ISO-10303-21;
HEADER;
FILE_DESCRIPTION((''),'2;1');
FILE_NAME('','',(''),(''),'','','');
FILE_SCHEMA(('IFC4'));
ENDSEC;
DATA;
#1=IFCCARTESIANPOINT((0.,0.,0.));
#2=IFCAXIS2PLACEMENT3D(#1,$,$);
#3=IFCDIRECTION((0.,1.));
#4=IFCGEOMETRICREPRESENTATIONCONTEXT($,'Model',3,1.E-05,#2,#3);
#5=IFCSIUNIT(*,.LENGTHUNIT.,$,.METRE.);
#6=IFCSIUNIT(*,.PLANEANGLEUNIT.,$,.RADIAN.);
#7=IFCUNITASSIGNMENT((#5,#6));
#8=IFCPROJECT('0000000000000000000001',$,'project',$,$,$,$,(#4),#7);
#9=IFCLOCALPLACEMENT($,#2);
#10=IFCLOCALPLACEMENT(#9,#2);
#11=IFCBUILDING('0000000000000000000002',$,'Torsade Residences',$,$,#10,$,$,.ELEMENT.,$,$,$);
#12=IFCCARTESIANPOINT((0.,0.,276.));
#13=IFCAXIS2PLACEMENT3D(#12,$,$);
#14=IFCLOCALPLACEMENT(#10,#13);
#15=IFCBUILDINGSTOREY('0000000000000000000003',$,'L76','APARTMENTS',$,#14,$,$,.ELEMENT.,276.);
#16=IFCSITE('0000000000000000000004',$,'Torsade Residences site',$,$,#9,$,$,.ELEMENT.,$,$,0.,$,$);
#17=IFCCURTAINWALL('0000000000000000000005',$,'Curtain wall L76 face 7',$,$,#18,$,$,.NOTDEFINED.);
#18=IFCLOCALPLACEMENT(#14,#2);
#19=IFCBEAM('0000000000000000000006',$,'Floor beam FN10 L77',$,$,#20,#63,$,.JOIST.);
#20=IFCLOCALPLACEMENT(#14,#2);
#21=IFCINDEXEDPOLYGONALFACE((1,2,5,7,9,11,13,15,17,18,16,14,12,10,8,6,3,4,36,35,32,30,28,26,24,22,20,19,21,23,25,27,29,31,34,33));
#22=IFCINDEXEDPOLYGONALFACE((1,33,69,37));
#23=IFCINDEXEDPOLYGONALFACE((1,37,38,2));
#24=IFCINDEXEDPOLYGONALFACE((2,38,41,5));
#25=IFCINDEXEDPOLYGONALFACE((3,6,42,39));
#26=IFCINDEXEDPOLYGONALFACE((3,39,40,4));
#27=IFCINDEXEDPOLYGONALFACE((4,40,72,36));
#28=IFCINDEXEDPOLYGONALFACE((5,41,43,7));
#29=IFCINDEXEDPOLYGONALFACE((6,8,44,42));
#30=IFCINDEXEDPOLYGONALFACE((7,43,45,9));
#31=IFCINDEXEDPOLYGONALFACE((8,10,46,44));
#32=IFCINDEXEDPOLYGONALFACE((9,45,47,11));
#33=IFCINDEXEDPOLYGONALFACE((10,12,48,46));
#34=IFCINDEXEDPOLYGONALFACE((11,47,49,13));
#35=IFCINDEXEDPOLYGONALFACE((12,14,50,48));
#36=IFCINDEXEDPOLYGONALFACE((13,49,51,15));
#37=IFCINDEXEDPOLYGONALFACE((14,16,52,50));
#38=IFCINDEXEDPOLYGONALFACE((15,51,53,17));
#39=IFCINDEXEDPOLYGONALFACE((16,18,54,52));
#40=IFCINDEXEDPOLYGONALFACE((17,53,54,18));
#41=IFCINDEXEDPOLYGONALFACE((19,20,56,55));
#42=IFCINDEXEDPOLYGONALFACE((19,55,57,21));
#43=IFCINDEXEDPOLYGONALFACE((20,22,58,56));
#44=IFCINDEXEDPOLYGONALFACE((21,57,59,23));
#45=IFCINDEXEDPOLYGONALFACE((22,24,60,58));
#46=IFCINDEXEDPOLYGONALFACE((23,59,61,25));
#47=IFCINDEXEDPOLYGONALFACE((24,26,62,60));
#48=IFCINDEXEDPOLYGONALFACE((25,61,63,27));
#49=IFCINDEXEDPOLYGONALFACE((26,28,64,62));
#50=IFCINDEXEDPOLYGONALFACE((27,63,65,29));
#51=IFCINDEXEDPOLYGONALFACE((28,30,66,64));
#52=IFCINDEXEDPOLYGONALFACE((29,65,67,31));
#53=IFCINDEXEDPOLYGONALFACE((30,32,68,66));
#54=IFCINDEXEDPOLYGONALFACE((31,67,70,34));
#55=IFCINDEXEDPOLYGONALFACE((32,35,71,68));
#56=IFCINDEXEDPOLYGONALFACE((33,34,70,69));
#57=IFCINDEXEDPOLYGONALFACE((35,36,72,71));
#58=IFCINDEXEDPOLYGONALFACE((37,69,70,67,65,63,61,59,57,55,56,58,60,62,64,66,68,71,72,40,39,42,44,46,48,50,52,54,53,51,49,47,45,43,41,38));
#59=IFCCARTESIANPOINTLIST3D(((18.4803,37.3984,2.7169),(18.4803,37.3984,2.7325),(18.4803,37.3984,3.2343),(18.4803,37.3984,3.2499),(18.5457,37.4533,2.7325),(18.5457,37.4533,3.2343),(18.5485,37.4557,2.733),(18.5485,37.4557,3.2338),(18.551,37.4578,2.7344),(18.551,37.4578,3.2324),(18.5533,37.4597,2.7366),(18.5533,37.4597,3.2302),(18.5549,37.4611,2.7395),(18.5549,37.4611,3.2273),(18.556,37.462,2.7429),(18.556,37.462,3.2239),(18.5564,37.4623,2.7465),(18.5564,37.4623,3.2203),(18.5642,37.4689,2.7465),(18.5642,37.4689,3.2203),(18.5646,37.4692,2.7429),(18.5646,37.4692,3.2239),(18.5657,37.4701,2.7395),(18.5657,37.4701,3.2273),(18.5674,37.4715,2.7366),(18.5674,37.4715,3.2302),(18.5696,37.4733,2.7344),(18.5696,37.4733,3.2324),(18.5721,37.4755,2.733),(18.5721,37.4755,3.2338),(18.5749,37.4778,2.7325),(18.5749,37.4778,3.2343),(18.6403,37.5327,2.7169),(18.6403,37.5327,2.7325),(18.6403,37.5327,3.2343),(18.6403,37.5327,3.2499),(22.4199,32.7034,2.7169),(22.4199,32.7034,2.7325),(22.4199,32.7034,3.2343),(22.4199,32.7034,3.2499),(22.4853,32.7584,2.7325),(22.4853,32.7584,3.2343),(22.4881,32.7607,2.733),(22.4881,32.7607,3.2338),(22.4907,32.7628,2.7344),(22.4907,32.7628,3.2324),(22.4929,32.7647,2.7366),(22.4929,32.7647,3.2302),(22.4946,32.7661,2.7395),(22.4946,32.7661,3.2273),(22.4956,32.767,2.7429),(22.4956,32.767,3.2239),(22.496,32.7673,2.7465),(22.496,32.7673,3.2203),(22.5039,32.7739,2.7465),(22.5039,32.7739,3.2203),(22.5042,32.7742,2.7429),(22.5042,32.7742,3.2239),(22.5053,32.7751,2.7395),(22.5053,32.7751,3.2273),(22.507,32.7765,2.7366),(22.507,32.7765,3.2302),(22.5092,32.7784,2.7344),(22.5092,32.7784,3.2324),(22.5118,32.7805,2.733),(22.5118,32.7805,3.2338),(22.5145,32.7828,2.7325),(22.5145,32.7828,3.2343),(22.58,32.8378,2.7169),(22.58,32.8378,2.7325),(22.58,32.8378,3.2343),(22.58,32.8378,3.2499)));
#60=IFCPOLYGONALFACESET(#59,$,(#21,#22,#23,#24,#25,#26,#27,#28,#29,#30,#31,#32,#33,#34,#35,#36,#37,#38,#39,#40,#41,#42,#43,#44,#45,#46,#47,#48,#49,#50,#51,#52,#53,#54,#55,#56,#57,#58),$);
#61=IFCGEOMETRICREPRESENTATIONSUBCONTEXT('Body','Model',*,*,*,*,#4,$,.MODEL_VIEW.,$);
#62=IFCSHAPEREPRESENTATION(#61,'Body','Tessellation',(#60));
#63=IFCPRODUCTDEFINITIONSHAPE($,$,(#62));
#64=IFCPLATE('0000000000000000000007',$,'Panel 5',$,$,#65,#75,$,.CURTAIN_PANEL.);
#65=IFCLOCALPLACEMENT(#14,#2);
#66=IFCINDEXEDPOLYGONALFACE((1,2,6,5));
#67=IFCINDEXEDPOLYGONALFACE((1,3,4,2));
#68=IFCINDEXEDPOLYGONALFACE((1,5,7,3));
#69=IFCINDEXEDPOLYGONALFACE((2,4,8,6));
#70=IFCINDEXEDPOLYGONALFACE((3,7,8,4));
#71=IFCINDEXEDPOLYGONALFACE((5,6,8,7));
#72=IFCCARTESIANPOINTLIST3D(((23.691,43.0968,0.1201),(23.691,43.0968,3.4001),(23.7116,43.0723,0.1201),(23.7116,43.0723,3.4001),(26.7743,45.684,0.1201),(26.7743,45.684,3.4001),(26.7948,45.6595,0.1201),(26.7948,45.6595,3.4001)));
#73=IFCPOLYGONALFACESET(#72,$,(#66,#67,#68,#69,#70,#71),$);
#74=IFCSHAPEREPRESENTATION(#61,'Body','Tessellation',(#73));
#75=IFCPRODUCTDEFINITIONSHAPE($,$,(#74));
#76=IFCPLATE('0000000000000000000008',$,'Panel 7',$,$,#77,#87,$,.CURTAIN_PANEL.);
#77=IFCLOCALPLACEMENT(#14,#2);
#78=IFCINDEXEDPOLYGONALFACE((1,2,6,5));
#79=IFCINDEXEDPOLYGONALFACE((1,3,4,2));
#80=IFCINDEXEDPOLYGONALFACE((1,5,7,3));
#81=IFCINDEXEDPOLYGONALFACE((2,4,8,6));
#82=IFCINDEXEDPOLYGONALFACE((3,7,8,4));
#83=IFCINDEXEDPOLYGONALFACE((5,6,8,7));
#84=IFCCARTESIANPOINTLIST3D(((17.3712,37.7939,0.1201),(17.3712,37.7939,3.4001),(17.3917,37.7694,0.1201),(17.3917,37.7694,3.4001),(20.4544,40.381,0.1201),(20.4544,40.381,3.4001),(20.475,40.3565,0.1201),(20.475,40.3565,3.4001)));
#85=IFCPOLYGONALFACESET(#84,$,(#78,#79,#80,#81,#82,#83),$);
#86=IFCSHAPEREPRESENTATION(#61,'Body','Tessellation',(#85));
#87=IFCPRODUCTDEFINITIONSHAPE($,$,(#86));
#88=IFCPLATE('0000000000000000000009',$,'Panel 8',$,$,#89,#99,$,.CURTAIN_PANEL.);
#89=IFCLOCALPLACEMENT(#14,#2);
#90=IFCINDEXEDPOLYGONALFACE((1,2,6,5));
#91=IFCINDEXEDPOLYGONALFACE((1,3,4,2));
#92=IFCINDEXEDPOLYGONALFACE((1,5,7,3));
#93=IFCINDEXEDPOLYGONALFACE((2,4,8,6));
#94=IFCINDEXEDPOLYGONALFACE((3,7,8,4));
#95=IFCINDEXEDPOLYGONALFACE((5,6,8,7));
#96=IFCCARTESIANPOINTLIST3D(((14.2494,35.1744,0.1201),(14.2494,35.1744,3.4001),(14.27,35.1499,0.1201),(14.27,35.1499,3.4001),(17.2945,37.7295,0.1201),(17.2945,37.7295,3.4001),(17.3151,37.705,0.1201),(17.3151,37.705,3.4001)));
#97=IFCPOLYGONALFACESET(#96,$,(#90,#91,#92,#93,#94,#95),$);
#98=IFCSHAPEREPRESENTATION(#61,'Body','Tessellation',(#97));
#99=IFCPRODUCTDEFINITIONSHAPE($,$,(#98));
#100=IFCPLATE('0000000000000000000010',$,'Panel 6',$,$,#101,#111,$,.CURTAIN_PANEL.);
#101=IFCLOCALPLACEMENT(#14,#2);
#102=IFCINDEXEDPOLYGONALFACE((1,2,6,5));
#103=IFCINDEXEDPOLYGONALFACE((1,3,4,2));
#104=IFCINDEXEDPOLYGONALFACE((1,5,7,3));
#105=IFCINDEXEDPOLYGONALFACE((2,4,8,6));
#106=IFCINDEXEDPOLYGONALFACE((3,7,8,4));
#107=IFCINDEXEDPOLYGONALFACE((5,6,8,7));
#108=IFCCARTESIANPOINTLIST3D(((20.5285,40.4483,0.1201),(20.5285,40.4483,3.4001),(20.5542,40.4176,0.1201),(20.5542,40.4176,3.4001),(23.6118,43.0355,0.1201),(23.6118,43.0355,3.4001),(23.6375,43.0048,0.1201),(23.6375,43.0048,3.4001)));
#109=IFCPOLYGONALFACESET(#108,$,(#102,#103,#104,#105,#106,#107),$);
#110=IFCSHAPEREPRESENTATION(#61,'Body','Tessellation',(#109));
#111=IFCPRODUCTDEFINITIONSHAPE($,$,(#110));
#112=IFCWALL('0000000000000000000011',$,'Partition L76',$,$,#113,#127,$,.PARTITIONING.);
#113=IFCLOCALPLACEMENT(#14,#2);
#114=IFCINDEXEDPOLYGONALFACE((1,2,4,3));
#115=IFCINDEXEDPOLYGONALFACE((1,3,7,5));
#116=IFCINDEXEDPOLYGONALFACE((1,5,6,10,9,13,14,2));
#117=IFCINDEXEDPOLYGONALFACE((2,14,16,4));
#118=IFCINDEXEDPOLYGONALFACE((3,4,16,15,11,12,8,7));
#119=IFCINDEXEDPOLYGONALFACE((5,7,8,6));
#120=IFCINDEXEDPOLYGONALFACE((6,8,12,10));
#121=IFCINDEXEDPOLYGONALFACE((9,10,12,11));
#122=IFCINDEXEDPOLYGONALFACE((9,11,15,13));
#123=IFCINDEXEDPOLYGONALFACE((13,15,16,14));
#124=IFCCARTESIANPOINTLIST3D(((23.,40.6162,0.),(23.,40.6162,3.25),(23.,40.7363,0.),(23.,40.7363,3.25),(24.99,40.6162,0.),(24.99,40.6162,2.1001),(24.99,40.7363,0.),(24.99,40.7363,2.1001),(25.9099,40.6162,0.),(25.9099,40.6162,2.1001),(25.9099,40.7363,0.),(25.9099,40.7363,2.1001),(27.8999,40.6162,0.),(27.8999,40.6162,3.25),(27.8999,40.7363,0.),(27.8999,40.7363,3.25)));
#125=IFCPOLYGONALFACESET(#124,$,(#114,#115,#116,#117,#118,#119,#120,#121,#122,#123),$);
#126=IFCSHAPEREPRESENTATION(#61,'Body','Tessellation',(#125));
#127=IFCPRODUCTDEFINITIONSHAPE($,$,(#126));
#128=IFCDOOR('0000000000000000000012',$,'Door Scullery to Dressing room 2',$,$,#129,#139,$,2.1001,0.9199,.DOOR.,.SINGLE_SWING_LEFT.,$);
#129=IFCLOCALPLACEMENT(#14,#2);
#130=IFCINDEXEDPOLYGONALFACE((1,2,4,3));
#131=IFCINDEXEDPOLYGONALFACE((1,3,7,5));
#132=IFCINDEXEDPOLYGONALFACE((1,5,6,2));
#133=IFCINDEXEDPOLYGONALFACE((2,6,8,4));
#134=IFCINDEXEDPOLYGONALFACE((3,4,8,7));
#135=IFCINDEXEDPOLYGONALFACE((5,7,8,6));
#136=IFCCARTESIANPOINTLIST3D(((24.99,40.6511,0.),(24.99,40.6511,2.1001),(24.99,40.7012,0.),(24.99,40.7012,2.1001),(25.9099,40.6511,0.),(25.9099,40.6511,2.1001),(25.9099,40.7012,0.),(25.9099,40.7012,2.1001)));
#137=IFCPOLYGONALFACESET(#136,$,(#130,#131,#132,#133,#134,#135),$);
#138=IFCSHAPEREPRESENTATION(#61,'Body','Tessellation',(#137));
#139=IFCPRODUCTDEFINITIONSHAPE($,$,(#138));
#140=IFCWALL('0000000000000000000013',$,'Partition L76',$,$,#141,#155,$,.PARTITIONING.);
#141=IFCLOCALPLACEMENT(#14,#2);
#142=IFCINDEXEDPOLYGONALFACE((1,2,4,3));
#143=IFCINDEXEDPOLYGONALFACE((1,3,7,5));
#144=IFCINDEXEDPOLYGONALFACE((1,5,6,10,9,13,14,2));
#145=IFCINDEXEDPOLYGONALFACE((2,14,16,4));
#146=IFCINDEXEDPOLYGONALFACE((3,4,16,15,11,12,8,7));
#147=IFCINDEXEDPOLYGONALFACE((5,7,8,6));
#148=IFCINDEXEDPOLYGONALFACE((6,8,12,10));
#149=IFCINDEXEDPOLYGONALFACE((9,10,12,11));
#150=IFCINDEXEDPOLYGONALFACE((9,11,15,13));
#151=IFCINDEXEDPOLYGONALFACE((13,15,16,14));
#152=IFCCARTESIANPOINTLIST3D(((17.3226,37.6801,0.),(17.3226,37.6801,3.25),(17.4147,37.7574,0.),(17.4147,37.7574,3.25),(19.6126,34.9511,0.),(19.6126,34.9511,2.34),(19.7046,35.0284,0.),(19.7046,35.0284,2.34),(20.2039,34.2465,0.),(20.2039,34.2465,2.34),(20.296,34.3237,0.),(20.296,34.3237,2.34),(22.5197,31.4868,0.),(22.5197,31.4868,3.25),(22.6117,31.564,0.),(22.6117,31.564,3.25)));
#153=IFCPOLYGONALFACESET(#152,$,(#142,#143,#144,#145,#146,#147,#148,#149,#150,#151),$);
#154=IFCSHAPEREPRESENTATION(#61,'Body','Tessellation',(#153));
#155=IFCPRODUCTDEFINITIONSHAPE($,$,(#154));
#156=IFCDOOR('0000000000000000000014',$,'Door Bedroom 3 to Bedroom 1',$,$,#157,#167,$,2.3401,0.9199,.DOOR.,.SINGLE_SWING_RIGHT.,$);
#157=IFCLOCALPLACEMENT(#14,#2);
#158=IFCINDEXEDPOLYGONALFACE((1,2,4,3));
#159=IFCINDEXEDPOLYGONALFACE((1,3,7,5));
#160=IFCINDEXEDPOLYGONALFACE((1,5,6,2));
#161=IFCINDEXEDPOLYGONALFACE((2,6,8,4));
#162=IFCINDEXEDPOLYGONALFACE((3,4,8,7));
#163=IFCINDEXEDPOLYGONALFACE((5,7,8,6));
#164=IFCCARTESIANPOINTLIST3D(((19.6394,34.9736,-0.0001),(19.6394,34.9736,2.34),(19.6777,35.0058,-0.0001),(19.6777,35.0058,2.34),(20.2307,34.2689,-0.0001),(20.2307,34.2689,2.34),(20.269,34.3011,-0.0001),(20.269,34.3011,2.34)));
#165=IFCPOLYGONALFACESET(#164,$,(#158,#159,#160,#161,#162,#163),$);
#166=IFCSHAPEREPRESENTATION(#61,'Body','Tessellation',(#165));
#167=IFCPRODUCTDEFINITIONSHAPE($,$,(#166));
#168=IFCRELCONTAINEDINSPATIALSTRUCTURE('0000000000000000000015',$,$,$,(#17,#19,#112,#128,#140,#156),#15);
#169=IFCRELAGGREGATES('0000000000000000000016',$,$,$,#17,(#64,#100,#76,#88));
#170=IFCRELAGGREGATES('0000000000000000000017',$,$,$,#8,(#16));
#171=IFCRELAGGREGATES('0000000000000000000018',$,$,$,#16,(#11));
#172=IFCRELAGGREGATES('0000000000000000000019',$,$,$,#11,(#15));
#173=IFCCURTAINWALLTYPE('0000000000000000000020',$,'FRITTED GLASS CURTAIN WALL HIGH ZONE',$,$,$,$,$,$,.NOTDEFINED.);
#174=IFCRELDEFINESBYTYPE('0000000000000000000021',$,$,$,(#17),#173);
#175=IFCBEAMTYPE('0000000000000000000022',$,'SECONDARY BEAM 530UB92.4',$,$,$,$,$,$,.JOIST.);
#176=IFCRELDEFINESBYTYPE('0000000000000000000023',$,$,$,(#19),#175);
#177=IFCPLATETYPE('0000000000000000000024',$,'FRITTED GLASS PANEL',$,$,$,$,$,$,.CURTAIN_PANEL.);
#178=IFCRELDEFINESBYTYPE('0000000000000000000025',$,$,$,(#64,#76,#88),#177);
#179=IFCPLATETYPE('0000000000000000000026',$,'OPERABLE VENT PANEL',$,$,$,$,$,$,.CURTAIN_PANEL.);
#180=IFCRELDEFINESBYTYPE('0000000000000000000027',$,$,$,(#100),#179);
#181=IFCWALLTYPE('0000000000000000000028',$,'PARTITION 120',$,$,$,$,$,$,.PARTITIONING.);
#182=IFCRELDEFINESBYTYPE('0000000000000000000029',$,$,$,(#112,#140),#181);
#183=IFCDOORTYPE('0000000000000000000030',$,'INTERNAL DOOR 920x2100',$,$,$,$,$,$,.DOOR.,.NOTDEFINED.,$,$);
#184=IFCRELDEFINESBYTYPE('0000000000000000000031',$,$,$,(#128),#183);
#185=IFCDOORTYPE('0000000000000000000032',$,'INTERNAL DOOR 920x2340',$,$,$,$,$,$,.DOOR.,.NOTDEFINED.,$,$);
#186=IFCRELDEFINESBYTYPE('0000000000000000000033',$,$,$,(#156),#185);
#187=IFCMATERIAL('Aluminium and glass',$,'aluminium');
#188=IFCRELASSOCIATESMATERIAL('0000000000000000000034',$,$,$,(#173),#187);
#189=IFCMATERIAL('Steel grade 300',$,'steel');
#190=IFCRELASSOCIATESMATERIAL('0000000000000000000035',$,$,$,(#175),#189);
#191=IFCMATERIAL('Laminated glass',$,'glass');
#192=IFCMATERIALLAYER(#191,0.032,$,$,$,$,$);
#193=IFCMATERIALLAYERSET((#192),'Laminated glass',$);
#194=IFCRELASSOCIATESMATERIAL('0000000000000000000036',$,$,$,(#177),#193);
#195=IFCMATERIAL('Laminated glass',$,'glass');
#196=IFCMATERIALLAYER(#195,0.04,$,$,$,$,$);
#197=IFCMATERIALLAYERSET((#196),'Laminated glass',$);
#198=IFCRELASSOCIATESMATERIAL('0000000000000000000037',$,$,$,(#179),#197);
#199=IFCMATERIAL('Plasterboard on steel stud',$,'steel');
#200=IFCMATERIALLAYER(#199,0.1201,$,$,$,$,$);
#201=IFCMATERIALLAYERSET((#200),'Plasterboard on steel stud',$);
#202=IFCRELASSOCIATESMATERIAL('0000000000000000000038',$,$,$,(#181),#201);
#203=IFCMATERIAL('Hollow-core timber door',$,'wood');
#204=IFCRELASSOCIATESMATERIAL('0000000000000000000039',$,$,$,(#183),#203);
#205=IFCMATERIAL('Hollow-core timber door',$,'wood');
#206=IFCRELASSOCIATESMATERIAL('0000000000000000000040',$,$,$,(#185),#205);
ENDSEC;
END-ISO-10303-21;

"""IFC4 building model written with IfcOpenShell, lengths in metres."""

from ifc_helpers import new_model, si_unit, direction, frame, frame_2d, origin, origin_2d, place, context, subcontext, project, spatial, rectangle, i_section, extrude, material, layer, layer_set, material_profile, profile_set, type_object, element, fill, aggregate, save


model = new_model("IFC4")

# Units and contexts
model_context = context("Model", 3, precision=1e-05, world=origin(), true_north=direction((0.0, 1.0)))
body_context = subcontext(model_context, "Body", "Model", "MODEL_VIEW")
ifc_project = project(units=[si_unit("LENGTHUNIT", "METRE"), si_unit("PLANEANGLEUNIT", "RADIAN")], contexts=[model_context])

# Site, building, storey
site_placement = place(None, origin())
site = spatial("IfcSite", under=ifc_project, at=site_placement, Name="Torsade Residences site", CompositionType="ELEMENT", RefElevation=0.0)
building_placement = place(site_placement, origin())
building = spatial("IfcBuilding", under=site, at=building_placement, Name="Torsade Residences", CompositionType="ELEMENT")
storey_placement = place(building_placement, frame((0.0, 0.0, 276.0)))
storey = spatial("IfcBuildingStorey", under=building, at=storey_placement, Name="L76", Description="APARTMENTS", CompositionType="ELEMENT", Elevation=276.0)

# Curtain wall
ifc_material_1 = material(Name="Aluminium and glass", Category="aluminium")
curtain_wall_type = type_object("IfcCurtainWallType", Name="FRITTED GLASS CURTAIN WALL HIGH ZONE", PredefinedType="NOTDEFINED", material=ifc_material_1)
curtain_wall_placement = place(storey_placement, origin())
curtain_wall = element("IfcCurtainWall", 1, at=curtain_wall_placement, inside=storey, type_object=curtain_wall_type, Name="Curtain wall L76 face 7", PredefinedType="NOTDEFINED")

# Beam
ifc_material_2 = material(Name="Steel grade 300", Category="steel")
ifc_material_profile_1 = material_profile(ifc_material_2, i_section(OverallWidth=0.209, OverallDepth=0.533, WebThickness=0.0103, FlangeThickness=0.0156, FilletRadius=0.0139, at=origin_2d()), Name="530UB92.4")
ifc_profile_set_1 = profile_set([ifc_material_profile_1], Name="Steel grade 300")
beam_type_1 = type_object("IfcBeamType", Name="SECONDARY BEAM 530UB92.4", PredefinedType="JOIST", material=ifc_profile_set_1)
beam_1_placement = place(storey_placement, frame((18.5603, 37.4656, 2.9834), z_axis=(0.642794, -0.766039, 0.0), x_axis=(0.766039, 0.642794, 0.0)))
element("IfcBeam", 2, at=beam_1_placement, inside=storey, type_object=beam_type_1, Name="Floor beam FN10 L77", PredefinedType="JOIST", context=body_context, shape_type="SweptSolid", body=[
    extrude(i_section(OverallWidth=0.209, OverallDepth=0.533, WebThickness=0.0103, FlangeThickness=0.0156, FilletRadius=0.0139, at=origin_2d()), origin(), (0.0, 0.0, 1.0), 6.1289),
])

# Plates
ifc_material_3 = material(Name="Laminated glass", Category="glass")
ifc_layer_1 = layer(ifc_material_3, 0.032)
ifc_layer_set_1 = layer_set([ifc_layer_1], Name="Laminated glass")
plate_type_1 = type_object("IfcPlateType", Name="FRITTED GLASS PANEL", PredefinedType="CURTAIN_PANEL", material=ifc_layer_set_1)
plate_1_placement = place(storey_placement, frame((25.2429, 44.3782, 0.1201), z_axis=(0.0, 0.0, 1.0), x_axis=(-0.766044, -0.642788, 0.0)))
plate_1 = element("IfcPlate", 3, at=plate_1_placement, type_object=plate_type_1, Name="Panel 5", PredefinedType="CURTAIN_PANEL", context=body_context, shape_type="SweptSolid", body=[
    extrude(rectangle(XDim=4.0249, YDim=0.032, at=origin_2d()), origin(), (0.0, 0.0, 1.0), 3.28),
])
plate_2_placement = place(storey_placement, frame((18.9231, 39.0752, 0.1201), z_axis=(0.0, 0.0, 1.0), x_axis=(-0.766044, -0.642788, 0.0)))
plate_2 = element("IfcPlate", 4, at=plate_2_placement, type_object=plate_type_1, Name="Panel 7", PredefinedType="CURTAIN_PANEL", context=body_context, shape_type="SweptSolid", body=[
    extrude(rectangle(XDim=4.0249, YDim=0.032, at=origin_2d()), origin(), (0.0, 0.0, 1.0), 3.28),
])
plate_3_placement = place(storey_placement, frame((15.7822, 36.4397, 0.1201), z_axis=(0.0, 0.0, 1.0), x_axis=(-0.766044, -0.642788, 0.0)))
plate_3 = element("IfcPlate", 5, at=plate_3_placement, type_object=plate_type_1, Name="Panel 8", PredefinedType="CURTAIN_PANEL", context=body_context, shape_type="SweptSolid", body=[
    extrude(rectangle(XDim=3.9751, YDim=0.032, at=origin_2d()), origin(), (0.0, 0.0, 1.0), 3.28),
])
ifc_material_4 = material(Name="Laminated glass", Category="glass")
ifc_layer_2 = layer(ifc_material_4, 0.04)
ifc_layer_set_2 = layer_set([ifc_layer_2], Name="Laminated glass")
plate_type_2 = type_object("IfcPlateType", Name="OPERABLE VENT PANEL", PredefinedType="CURTAIN_PANEL", material=ifc_layer_set_2)
plate_4_placement = place(storey_placement, frame((22.083, 41.7266, 0.1201), z_axis=(0.0, 0.0, 1.0), x_axis=(-0.766044, -0.642788, 0.0)))
plate_4 = element("IfcPlate", 6, at=plate_4_placement, type_object=plate_type_2, Name="Panel 6", PredefinedType="CURTAIN_PANEL", context=body_context, shape_type="SweptSolid", body=[
    extrude(rectangle(XDim=4.0249, YDim=0.04, at=origin_2d()), origin(), (0.0, 0.0, 1.0), 3.28),
])
aggregate(curtain_wall, [plate_1, plate_4, plate_2, plate_3])

# Walls, openings, doors
ifc_material_5 = material(Name="Plasterboard on steel stud", Category="steel")
ifc_layer_3 = layer(ifc_material_5, 0.1201)
ifc_layer_set_3 = layer_set([ifc_layer_3], Name="Plasterboard on steel stud")
wall_type = type_object("IfcWallType", Name="PARTITION 120", PredefinedType="PARTITIONING", material=ifc_layer_set_3)
wall_1_placement = place(storey_placement, frame((23.0, 40.6763, 0.0), z_axis=(0.0, 0.0, 1.0), x_axis=(1.0, 0.0, 0.0)))
wall_1 = element("IfcWall", 7, at=wall_1_placement, inside=storey, type_object=wall_type, Name="Partition L76", PredefinedType="PARTITIONING", context=body_context, shape_type="SweptSolid", body=[
    extrude(rectangle(XDim=4.8999, YDim=0.1201, at=frame_2d((2.45, 0.0))), origin(), (0.0, 0.0, 1.0), 3.25),
])
opening_1_placement = place(wall_1_placement, frame((1.99, 0.0, 0.0)))
opening_1 = element("IfcOpeningElement", 8, at=opening_1_placement, cuts=wall_1, PredefinedType="OPENING", context=body_context, shape_type="SweptSolid", body=[
    extrude(rectangle(XDim=0.9199, YDim=2.1001, at=frame_2d((0.46, 1.05))), frame((0.0, 0.0701, 0.0), z_axis=(0.0, -1.0, 0.0), x_axis=(1.0, 0.0, 0.0)), (0.0, 0.0, 1.0), 0.1401),
])
ifc_material_6 = material(Name="Hollow-core timber door", Category="wood")
door_type_1 = type_object("IfcDoorType", Name="INTERNAL DOOR 920x2100", OperationType="NOTDEFINED", PredefinedType="DOOR", material=ifc_material_6)
door_1_placement = place(opening_1_placement, origin())
door_1 = element("IfcDoor", 9, at=door_1_placement, inside=storey, type_object=door_type_1, Name="Door Scullery to Dressing room 2", OperationType="SINGLE_SWING_LEFT", OverallHeight=2.1001, OverallWidth=0.9199, PredefinedType="DOOR", context=body_context, shape_type="SweptSolid", body=[
    extrude(rectangle(XDim=0.9199, YDim=2.1001, at=frame_2d((0.46, 1.05))), frame((0.0, 0.0249, 0.0), z_axis=(0.0, -1.0, 0.0), x_axis=(1.0, 0.0, 0.0)), (0.0, 0.0, 1.0), 0.05),
])
fill(opening_1, door_1)
wall_2_placement = place(storey_placement, frame((17.3687, 37.7188, 0.0), z_axis=(0.0, 0.0, 1.0), x_axis=(0.6428, -0.766034, 0.0)))
wall_2 = element("IfcWall", 10, at=wall_2_placement, inside=storey, type_object=wall_type, Name="Partition L76", PredefinedType="PARTITIONING", context=body_context, shape_type="SweptSolid", body=[
    extrude(rectangle(XDim=8.085, YDim=0.1201, at=frame_2d((4.0425, 0.0))), origin(), (0.0, 0.0, 1.0), 3.25),
])
opening_2_placement = place(wall_2_placement, frame((3.5625, 0.0, 0.0)))
opening_2 = element("IfcOpeningElement", 11, at=opening_2_placement, cuts=wall_2, PredefinedType="OPENING", context=body_context, shape_type="SweptSolid", body=[
    extrude(rectangle(XDim=0.9199, YDim=2.3401, at=frame_2d((0.46, 1.1699))), frame((0.0, 0.0701, 0.0), z_axis=(0.0, -1.0, 0.0), x_axis=(1.0, 0.0, 0.0)), (0.0, 0.0, 1.0), 0.1401),
])
ifc_material_7 = material(Name="Hollow-core timber door", Category="wood")
door_type_2 = type_object("IfcDoorType", Name="INTERNAL DOOR 920x2340", OperationType="NOTDEFINED", PredefinedType="DOOR", material=ifc_material_7)
door_2_placement = place(opening_2_placement, origin())
door_2 = element("IfcDoor", 12, at=door_2_placement, inside=storey, type_object=door_type_2, Name="Door Bedroom 3 to Bedroom 1", OperationType="SINGLE_SWING_RIGHT", OverallHeight=2.3401, OverallWidth=0.9199, PredefinedType="DOOR", context=body_context, shape_type="SweptSolid", body=[
    extrude(rectangle(XDim=0.9199, YDim=2.3401, at=frame_2d((0.46, 1.1699))), frame((0.0, 0.0249, 0.0), z_axis=(0.0, -1.0, 0.0), x_axis=(1.0, 0.0, 0.0)), (0.0, 0.0, 1.0), 0.05),
])
fill(opening_2, door_2)

save(model, "model.ifc")
